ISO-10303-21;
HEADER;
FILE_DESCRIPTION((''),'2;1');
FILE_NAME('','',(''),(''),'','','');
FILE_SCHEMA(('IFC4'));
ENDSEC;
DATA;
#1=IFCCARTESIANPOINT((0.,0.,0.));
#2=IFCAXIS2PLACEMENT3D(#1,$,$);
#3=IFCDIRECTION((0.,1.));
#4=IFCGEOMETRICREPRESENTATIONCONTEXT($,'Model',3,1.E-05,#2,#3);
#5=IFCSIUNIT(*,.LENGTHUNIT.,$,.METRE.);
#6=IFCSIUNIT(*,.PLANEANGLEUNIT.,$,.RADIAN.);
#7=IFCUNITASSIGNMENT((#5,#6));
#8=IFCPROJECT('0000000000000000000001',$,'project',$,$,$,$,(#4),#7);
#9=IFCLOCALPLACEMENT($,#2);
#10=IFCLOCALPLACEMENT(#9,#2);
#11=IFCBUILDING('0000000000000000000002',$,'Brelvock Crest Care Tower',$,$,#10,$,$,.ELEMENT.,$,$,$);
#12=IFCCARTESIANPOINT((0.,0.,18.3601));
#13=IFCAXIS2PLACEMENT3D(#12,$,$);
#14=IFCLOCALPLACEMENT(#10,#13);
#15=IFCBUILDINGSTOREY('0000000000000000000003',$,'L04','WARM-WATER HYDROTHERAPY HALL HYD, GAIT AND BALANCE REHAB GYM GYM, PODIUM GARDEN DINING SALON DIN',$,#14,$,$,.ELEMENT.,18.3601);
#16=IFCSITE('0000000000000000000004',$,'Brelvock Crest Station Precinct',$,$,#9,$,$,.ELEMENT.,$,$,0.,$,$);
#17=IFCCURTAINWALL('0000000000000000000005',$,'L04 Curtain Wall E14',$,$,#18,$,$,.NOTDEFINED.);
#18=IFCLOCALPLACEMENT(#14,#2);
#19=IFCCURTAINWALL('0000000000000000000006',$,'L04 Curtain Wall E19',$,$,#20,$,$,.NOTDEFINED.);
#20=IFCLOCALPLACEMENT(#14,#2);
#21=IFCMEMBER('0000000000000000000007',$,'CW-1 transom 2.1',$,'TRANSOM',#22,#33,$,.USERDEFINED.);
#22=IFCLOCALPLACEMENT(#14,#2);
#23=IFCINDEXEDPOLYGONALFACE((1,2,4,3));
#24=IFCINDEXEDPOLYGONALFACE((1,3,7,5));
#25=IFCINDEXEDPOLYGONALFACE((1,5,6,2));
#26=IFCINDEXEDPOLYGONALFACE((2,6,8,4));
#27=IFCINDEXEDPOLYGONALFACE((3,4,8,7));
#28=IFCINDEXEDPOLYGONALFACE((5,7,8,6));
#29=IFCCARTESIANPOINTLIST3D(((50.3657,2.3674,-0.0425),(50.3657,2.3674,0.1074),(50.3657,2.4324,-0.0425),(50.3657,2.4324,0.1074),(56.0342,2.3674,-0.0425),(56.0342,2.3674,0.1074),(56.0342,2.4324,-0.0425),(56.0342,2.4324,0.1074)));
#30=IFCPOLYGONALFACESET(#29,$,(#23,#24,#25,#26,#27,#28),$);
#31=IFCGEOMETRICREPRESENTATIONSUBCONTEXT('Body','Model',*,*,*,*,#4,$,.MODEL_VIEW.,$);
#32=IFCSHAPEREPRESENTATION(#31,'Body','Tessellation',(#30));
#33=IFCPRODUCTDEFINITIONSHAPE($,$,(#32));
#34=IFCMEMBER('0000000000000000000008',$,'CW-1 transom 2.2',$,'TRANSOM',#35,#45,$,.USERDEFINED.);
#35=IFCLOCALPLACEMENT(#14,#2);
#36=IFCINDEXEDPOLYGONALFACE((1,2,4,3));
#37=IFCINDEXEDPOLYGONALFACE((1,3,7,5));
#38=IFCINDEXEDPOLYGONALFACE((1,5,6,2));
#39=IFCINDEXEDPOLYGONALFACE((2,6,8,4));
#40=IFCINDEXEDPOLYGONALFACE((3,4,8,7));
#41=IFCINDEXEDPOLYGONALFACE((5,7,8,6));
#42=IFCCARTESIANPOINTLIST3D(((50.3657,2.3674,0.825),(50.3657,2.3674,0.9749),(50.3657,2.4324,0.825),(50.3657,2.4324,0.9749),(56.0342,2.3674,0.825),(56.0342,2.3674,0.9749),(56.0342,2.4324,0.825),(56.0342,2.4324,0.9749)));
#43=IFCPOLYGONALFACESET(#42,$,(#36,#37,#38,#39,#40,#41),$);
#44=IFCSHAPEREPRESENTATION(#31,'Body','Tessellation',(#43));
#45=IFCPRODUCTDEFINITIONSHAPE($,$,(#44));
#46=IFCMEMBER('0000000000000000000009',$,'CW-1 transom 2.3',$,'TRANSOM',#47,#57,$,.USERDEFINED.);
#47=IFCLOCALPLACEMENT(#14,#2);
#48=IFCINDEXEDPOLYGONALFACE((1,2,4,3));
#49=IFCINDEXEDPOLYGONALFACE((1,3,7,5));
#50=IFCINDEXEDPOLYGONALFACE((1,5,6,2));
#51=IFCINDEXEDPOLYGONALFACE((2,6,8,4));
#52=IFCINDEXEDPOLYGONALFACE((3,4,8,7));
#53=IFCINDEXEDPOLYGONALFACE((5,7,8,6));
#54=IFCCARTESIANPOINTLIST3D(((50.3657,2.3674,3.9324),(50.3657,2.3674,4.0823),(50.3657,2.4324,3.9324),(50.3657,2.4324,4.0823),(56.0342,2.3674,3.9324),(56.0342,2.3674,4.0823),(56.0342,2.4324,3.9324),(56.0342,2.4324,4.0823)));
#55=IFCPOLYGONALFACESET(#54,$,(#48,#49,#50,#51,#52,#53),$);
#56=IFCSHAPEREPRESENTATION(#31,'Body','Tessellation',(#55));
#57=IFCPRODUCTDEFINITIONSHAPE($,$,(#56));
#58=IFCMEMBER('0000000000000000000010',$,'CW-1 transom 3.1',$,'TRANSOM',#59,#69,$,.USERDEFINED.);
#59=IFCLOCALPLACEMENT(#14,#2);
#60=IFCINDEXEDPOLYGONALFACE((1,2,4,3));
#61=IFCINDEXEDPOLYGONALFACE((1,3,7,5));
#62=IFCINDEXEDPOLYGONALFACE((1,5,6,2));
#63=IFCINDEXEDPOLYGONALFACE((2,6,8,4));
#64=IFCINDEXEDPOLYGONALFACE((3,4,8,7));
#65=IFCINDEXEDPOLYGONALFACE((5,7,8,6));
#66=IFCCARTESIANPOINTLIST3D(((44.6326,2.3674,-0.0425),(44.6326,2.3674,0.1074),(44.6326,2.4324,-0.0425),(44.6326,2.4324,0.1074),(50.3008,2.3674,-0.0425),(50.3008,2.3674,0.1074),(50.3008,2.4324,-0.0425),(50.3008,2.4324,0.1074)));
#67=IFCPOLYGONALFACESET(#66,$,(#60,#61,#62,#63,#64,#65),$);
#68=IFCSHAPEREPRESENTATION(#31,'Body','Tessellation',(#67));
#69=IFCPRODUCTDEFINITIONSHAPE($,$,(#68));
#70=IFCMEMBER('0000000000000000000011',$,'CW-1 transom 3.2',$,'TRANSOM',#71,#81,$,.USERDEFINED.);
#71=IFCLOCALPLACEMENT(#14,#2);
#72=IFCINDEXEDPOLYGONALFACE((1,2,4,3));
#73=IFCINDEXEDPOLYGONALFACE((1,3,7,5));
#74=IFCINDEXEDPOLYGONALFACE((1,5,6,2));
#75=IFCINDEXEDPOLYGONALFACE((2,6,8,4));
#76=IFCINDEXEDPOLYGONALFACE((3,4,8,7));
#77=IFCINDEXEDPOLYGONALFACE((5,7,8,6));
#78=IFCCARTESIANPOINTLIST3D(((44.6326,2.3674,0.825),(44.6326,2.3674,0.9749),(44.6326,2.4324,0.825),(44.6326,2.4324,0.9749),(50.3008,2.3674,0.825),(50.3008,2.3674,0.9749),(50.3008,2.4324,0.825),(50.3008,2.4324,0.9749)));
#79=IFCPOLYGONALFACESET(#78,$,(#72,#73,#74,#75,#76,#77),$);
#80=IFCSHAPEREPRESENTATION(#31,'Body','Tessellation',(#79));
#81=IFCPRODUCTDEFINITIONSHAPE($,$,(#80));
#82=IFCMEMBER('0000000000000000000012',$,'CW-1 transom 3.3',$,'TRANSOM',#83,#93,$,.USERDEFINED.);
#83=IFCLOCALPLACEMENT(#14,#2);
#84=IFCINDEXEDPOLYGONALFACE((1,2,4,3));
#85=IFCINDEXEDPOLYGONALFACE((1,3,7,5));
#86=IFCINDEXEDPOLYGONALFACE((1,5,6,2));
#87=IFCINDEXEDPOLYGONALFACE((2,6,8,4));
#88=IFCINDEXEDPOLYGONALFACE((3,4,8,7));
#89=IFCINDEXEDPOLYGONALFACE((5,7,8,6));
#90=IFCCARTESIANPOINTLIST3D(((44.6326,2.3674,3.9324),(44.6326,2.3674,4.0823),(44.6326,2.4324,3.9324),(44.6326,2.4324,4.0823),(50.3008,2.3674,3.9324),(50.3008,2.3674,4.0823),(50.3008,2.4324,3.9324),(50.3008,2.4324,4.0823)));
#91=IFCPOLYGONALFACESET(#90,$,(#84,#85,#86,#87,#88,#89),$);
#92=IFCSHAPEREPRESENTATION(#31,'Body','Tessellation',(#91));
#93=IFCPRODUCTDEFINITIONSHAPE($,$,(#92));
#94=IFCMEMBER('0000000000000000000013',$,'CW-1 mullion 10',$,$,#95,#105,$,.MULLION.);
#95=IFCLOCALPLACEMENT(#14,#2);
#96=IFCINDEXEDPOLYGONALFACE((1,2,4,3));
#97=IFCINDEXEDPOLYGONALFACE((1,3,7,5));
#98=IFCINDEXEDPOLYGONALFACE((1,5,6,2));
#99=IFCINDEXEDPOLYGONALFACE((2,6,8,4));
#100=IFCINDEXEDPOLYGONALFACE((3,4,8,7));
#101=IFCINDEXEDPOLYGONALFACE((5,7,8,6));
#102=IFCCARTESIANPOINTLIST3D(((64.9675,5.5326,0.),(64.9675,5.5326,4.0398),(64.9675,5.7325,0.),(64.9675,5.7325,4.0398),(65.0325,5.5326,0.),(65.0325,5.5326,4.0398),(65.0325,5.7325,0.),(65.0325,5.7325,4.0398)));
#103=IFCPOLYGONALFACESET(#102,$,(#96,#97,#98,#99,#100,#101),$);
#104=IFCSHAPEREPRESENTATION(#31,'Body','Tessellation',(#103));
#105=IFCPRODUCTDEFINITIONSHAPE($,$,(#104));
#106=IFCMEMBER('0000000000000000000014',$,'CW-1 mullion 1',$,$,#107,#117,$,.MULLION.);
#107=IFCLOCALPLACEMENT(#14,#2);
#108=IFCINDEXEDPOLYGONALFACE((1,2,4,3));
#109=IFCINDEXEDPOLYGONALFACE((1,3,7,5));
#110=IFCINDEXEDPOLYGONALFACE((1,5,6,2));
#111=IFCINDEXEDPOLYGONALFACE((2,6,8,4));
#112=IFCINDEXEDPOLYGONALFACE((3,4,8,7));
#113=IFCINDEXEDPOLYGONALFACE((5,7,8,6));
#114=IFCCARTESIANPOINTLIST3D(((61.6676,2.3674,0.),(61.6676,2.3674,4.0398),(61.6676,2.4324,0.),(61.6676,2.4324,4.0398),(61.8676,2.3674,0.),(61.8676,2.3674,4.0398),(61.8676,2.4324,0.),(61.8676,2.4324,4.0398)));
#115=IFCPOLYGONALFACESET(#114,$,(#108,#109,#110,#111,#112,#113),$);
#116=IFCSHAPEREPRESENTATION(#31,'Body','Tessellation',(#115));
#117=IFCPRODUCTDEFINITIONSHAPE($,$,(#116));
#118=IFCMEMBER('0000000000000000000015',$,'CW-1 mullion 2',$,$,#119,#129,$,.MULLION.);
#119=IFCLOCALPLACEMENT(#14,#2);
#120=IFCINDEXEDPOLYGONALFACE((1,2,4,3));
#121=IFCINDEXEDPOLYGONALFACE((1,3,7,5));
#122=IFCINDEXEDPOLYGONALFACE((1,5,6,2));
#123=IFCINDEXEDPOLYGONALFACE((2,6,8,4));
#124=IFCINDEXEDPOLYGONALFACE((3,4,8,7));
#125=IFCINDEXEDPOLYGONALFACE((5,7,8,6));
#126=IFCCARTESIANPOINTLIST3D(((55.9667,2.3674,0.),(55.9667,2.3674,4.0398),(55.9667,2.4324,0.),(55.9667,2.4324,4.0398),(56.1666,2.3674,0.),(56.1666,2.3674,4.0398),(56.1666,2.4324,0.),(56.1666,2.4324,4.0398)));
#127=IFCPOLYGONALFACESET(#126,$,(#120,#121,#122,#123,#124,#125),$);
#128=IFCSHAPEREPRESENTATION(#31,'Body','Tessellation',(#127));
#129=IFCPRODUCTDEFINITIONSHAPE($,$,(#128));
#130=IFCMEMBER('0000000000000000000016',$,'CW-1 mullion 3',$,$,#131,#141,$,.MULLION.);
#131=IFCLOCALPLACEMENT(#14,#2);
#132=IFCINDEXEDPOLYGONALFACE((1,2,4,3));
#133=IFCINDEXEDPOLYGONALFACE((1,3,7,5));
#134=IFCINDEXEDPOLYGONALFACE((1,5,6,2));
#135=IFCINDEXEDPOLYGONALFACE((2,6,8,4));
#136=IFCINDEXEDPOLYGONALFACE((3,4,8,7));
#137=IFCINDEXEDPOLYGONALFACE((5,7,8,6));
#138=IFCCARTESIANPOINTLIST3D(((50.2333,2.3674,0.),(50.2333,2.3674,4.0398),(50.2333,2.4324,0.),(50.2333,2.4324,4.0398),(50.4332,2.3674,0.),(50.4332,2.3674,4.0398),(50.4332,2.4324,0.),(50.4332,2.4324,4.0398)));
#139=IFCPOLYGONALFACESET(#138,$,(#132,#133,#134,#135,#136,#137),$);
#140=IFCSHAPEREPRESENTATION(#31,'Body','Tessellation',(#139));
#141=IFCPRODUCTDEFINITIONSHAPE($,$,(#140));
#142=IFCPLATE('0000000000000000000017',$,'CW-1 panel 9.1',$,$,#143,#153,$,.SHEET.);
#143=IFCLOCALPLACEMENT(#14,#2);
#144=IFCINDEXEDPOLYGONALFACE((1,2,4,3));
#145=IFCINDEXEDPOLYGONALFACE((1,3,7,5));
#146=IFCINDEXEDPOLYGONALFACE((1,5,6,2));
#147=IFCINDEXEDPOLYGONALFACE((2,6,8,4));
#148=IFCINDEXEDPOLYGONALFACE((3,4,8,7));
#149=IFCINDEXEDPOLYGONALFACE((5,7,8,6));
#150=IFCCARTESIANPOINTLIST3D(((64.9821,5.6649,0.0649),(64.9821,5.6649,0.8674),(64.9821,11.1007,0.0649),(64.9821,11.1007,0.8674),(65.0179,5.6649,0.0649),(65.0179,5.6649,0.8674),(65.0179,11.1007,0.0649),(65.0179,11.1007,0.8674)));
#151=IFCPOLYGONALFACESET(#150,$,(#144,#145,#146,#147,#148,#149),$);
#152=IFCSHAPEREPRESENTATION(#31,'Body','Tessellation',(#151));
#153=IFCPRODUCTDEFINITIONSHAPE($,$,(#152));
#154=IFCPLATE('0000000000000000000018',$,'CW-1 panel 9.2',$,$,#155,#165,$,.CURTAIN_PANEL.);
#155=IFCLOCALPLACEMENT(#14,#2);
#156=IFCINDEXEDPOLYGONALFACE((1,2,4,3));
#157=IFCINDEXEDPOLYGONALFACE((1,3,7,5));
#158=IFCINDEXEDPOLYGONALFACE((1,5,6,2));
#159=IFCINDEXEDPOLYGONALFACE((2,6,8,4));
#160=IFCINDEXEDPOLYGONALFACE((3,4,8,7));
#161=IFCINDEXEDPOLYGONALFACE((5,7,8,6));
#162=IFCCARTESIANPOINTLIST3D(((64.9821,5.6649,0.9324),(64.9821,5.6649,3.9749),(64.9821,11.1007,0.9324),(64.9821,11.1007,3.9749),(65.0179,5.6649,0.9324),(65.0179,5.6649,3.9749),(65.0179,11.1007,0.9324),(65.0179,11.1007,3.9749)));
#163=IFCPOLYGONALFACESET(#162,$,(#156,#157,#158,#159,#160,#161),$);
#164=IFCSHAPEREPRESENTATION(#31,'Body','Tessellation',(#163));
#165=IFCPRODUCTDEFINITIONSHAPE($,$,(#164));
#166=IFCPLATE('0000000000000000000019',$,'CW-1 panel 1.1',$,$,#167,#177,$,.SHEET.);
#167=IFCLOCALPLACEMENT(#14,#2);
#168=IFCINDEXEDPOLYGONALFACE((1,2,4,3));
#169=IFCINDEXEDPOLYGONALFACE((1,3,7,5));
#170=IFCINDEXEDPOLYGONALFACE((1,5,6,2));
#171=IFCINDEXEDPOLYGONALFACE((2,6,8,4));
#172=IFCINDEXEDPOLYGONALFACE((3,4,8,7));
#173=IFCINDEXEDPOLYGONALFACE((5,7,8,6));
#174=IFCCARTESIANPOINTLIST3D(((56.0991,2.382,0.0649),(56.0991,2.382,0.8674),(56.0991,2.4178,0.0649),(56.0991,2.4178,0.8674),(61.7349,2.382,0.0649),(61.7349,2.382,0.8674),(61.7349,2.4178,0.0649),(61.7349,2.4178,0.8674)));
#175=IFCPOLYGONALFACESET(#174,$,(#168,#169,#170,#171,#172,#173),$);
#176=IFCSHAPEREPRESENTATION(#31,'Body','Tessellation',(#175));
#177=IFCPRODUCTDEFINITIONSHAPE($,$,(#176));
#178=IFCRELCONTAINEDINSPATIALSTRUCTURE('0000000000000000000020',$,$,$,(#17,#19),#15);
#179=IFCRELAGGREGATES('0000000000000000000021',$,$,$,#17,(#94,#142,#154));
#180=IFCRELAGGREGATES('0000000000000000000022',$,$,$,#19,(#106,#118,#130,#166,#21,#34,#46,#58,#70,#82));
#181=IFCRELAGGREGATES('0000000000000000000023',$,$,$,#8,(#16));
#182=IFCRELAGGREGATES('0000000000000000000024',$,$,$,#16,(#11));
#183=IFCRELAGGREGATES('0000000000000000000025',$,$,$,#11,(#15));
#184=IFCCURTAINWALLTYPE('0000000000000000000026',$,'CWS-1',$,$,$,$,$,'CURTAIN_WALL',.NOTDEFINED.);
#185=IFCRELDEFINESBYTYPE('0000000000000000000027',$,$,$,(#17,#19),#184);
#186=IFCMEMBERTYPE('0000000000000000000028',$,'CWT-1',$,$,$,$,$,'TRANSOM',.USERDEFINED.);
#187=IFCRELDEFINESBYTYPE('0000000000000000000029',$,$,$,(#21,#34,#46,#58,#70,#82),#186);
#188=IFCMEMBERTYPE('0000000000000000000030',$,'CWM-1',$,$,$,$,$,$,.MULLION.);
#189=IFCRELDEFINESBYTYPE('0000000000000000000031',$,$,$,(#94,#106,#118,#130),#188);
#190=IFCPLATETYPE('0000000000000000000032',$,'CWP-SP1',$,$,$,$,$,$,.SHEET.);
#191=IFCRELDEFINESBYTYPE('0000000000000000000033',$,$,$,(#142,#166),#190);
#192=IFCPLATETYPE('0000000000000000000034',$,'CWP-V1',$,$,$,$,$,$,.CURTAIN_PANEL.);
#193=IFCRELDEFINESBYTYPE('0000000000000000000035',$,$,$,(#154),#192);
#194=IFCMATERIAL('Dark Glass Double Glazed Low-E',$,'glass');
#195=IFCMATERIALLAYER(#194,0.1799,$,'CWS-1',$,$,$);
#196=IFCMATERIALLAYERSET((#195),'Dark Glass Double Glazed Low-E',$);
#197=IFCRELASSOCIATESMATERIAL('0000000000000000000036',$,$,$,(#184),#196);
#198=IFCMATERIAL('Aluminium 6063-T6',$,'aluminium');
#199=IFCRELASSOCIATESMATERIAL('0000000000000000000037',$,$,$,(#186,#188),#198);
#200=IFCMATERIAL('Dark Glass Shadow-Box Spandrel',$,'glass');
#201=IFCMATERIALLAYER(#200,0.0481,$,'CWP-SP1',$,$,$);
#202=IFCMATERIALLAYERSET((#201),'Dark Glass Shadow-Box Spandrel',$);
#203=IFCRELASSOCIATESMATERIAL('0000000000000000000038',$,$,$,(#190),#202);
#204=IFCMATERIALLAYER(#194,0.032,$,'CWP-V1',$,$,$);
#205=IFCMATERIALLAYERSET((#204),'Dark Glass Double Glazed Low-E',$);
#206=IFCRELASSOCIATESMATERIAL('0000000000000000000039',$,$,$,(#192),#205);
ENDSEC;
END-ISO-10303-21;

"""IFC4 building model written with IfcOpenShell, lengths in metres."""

from ifc_helpers import new_model, si_unit, direction, frame, origin, origin_2d, place, context, subcontext, project, spatial, rectangle, extrude, source, transform, mapped, material, layer, layer_set, material_profile, profile_set, type_object, element, aggregate, save


model = new_model("IFC4")

# Units and contexts
model_context = context("Model", 3, precision=1e-05, world=origin(), true_north=direction((0.0, 1.0)))
body_context = subcontext(model_context, "Body", "Model", "MODEL_VIEW")
ifc_project = project(units=[si_unit("LENGTHUNIT", "METRE"), si_unit("PLANEANGLEUNIT", "RADIAN")], contexts=[model_context])

# Site, building, storey
site_placement = place(None, origin())
site = spatial("IfcSite", under=ifc_project, at=site_placement, Name="Brelvock Crest Station Precinct", CompositionType="ELEMENT", RefElevation=0.0)
building_placement = place(site_placement, origin())
building = spatial("IfcBuilding", under=site, at=building_placement, Name="Brelvock Crest Care Tower", CompositionType="ELEMENT")
storey_placement = place(building_placement, frame((0.0, 0.0, 18.3601)))
storey = spatial("IfcBuildingStorey", under=building, at=storey_placement, Name="L04", Description="WARM-WATER HYDROTHERAPY HALL HYD, GAIT AND BALANCE REHAB GYM GYM, PODIUM GARDEN DINING SALON DIN", CompositionType="ELEMENT", Elevation=18.3601)

# Curtain walls, members
ifc_material_1 = material(Name="Dark Glass Double Glazed Low-E", Category="glass")
ifc_layer_1 = layer(ifc_material_1, 0.1799, Name="CWS-1")
ifc_layer_set_1 = layer_set([ifc_layer_1], Name="Dark Glass Double Glazed Low-E")
curtain_wall_type = type_object("IfcCurtainWallType", Name="CWS-1", ElementType="CURTAIN_WALL", PredefinedType="NOTDEFINED", material=ifc_layer_set_1)
curtain_wall_1_placement = place(storey_placement, origin())
curtain_wall_1 = element("IfcCurtainWall", 1, at=curtain_wall_1_placement, inside=storey, type_object=curtain_wall_type, Name="L04 Curtain Wall E14", PredefinedType="NOTDEFINED")
ifc_material_2 = material(Name="Aluminium 6063-T6", Category="aluminium")
ifc_material_profile_1 = material_profile(ifc_material_2, rectangle(XDim=0.0649, YDim=0.1499, at=origin_2d()), Name="ALU65x150")
ifc_profile_set_1 = profile_set([ifc_material_profile_1], Name="Aluminium 6063-T6")
member_type_1 = type_object("IfcMemberType", Name="CWT-1", ElementType="TRANSOM", PredefinedType="USERDEFINED", material=ifc_profile_set_1)
curtain_wall_2_placement = place(storey_placement, origin())
curtain_wall_2 = element("IfcCurtainWall", 2, at=curtain_wall_2_placement, inside=storey, type_object=curtain_wall_type, Name="L04 Curtain Wall E19", PredefinedType="NOTDEFINED")
shared_shape_1 = source(origin(), body_context, "Body", "SweptSolid", [
    extrude(rectangle(XDim=0.0649, YDim=0.1499, at=origin_2d()), origin(), (0.0, 0.0, 1.0), 5.6685),
])
member_1_placement = place(storey_placement, frame((56.0342, 2.3999, 0.0325), z_axis=(-1.0, 0.0, 0.0), x_axis=(0.0, -1.0, 0.0)))
member_1 = element("IfcMember", 3, at=member_1_placement, type_object=member_type_1, Name="CW-1 transom 2.1", ObjectType="TRANSOM", PredefinedType="USERDEFINED", context=body_context, shape_type="MappedRepresentation", body=[
    mapped(shared_shape_1, transform((0.0, 0.0, 0.0), x_axis=(1.0, 0.0, 0.0), y_axis=(0.0, 1.0, 0.0), z_axis=(0.0, 0.0, 1.0), scale=1.0)),
])
member_2_placement = place(storey_placement, frame((56.0342, 2.3999, 0.8999), z_axis=(-1.0, 0.0, 0.0), x_axis=(0.0, -1.0, 0.0)))
member_2 = element("IfcMember", 4, at=member_2_placement, type_object=member_type_1, Name="CW-1 transom 2.2", ObjectType="TRANSOM", PredefinedType="USERDEFINED", context=body_context, shape_type="MappedRepresentation", body=[
    mapped(shared_shape_1, transform((0.0, 0.0, 0.0), x_axis=(1.0, 0.0, 0.0), y_axis=(0.0, 1.0, 0.0), z_axis=(0.0, 0.0, 1.0), scale=1.0)),
])
member_3_placement = place(storey_placement, frame((56.0342, 2.3999, 4.0073), z_axis=(-1.0, 0.0, 0.0), x_axis=(0.0, -1.0, 0.0)))
member_3 = element("IfcMember", 5, at=member_3_placement, type_object=member_type_1, Name="CW-1 transom 2.3", ObjectType="TRANSOM", PredefinedType="USERDEFINED", context=body_context, shape_type="MappedRepresentation", body=[
    mapped(shared_shape_1, transform((0.0, 0.0, 0.0), x_axis=(1.0, 0.0, 0.0), y_axis=(0.0, 1.0, 0.0), z_axis=(0.0, 0.0, 1.0), scale=1.0)),
])
shared_shape_2 = source(origin(), body_context, "Body", "SweptSolid", [
    extrude(rectangle(XDim=0.0649, YDim=0.1499, at=origin_2d()), origin(), (0.0, 0.0, 1.0), 5.6682),
])
member_4_placement = place(storey_placement, frame((50.3008, 2.3999, 0.0325), z_axis=(-1.0, 0.0, 0.0), x_axis=(0.0, -1.0, 0.0)))
member_4 = element("IfcMember", 6, at=member_4_placement, type_object=member_type_1, Name="CW-1 transom 3.1", ObjectType="TRANSOM", PredefinedType="USERDEFINED", context=body_context, shape_type="MappedRepresentation", body=[
    mapped(shared_shape_2, transform((0.0, 0.0, 0.0), x_axis=(1.0, 0.0, 0.0), y_axis=(0.0, 1.0, 0.0), z_axis=(0.0, 0.0, 1.0), scale=1.0)),
])
member_5_placement = place(storey_placement, frame((50.3008, 2.3999, 0.8999), z_axis=(-1.0, 0.0, 0.0), x_axis=(0.0, -1.0, 0.0)))
member_5 = element("IfcMember", 7, at=member_5_placement, type_object=member_type_1, Name="CW-1 transom 3.2", ObjectType="TRANSOM", PredefinedType="USERDEFINED", context=body_context, shape_type="MappedRepresentation", body=[
    mapped(shared_shape_2, transform((0.0, 0.0, 0.0), x_axis=(1.0, 0.0, 0.0), y_axis=(0.0, 1.0, 0.0), z_axis=(0.0, 0.0, 1.0), scale=1.0)),
])
member_6_placement = place(storey_placement, frame((50.3008, 2.3999, 4.0073), z_axis=(-1.0, 0.0, 0.0), x_axis=(0.0, -1.0, 0.0)))
member_6 = element("IfcMember", 8, at=member_6_placement, type_object=member_type_1, Name="CW-1 transom 3.3", ObjectType="TRANSOM", PredefinedType="USERDEFINED", context=body_context, shape_type="MappedRepresentation", body=[
    mapped(shared_shape_2, transform((0.0, 0.0, 0.0), x_axis=(1.0, 0.0, 0.0), y_axis=(0.0, 1.0, 0.0), z_axis=(0.0, 0.0, 1.0), scale=1.0)),
])

# Members
ifc_material_profile_2 = material_profile(ifc_material_2, rectangle(XDim=0.0649, YDim=0.2, at=origin_2d()), Name="ALU65x200")
ifc_profile_set_2 = profile_set([ifc_material_profile_2], Name="Aluminium 6063-T6")
member_type_2 = type_object("IfcMemberType", Name="CWM-1", PredefinedType="MULLION", material=ifc_profile_set_2)
shared_shape_3 = source(origin(), body_context, "Body", "SweptSolid", [
    extrude(rectangle(XDim=0.0649, YDim=0.2, at=origin_2d()), origin(), (0.0, 0.0, 1.0), 4.0398),
])
member_7_placement = place(storey_placement, frame((65.0, 5.6326, 0.0), z_axis=(0.0, 0.0, 1.0), x_axis=(1.0, 0.0, 0.0)))
member_7 = element("IfcMember", 9, at=member_7_placement, type_object=member_type_2, Name="CW-1 mullion 10", PredefinedType="MULLION", context=body_context, shape_type="MappedRepresentation", body=[
    mapped(shared_shape_3, transform((0.0, 0.0, 0.0), x_axis=(1.0, 0.0, 0.0), y_axis=(0.0, 1.0, 0.0), z_axis=(0.0, 0.0, 1.0), scale=1.0)),
])
member_8_placement = place(storey_placement, frame((61.7676, 2.3999, 0.0), z_axis=(0.0, 0.0, 1.0), x_axis=(0.0, -1.0, 0.0)))
member_8 = element("IfcMember", 10, at=member_8_placement, type_object=member_type_2, Name="CW-1 mullion 1", PredefinedType="MULLION", context=body_context, shape_type="MappedRepresentation", body=[
    mapped(shared_shape_3, transform((0.0, 0.0, 0.0), x_axis=(1.0, 0.0, 0.0), y_axis=(0.0, 1.0, 0.0), z_axis=(0.0, 0.0, 1.0), scale=1.0)),
])
member_9_placement = place(storey_placement, frame((56.0667, 2.3999, 0.0), z_axis=(0.0, 0.0, 1.0), x_axis=(0.0, -1.0, 0.0)))
member_9 = element("IfcMember", 11, at=member_9_placement, type_object=member_type_2, Name="CW-1 mullion 2", PredefinedType="MULLION", context=body_context, shape_type="MappedRepresentation", body=[
    mapped(shared_shape_3, transform((0.0, 0.0, 0.0), x_axis=(1.0, 0.0, 0.0), y_axis=(0.0, 1.0, 0.0), z_axis=(0.0, 0.0, 1.0), scale=1.0)),
])
member_10_placement = place(storey_placement, frame((50.3333, 2.3999, 0.0), z_axis=(0.0, 0.0, 1.0), x_axis=(0.0, -1.0, 0.0)))
member_10 = element("IfcMember", 12, at=member_10_placement, type_object=member_type_2, Name="CW-1 mullion 3", PredefinedType="MULLION", context=body_context, shape_type="MappedRepresentation", body=[
    mapped(shared_shape_3, transform((0.0, 0.0, 0.0), x_axis=(1.0, 0.0, 0.0), y_axis=(0.0, 1.0, 0.0), z_axis=(0.0, 0.0, 1.0), scale=1.0)),
])

# Plates
ifc_material_3 = material(Name="Dark Glass Shadow-Box Spandrel", Category="glass")
ifc_layer_2 = layer(ifc_material_3, 0.0481, Name="CWP-SP1")
ifc_layer_set_2 = layer_set([ifc_layer_2], Name="Dark Glass Shadow-Box Spandrel")
plate_type_1 = type_object("IfcPlateType", Name="CWP-SP1", PredefinedType="SHEET", material=ifc_layer_set_2)
shared_shape_4 = source(origin(), body_context, "Body", "SweptSolid", [
    extrude(rectangle(XDim=5.4358, YDim=0.0359, at=origin_2d()), origin(), (0.0, 0.0, 1.0), 0.8025),
])
plate_1_placement = place(storey_placement, frame((65.0, 8.3828, 0.0649), z_axis=(0.0, 0.0, 1.0), x_axis=(0.0, -1.0, 0.0)))
plate_1 = element("IfcPlate", 13, at=plate_1_placement, type_object=plate_type_1, Name="CW-1 panel 9.1", PredefinedType="SHEET", context=body_context, shape_type="MappedRepresentation", body=[
    mapped(shared_shape_4, transform((0.0, 0.0, 0.0), x_axis=(1.0, 0.0, 0.0), y_axis=(0.0, 1.0, 0.0), z_axis=(0.0, 0.0, 1.0), scale=1.0)),
])
ifc_layer_3 = layer(ifc_material_1, 0.032, Name="CWP-V1")
ifc_layer_set_3 = layer_set([ifc_layer_3], Name="Dark Glass Double Glazed Low-E")
plate_type_2 = type_object("IfcPlateType", Name="CWP-V1", PredefinedType="CURTAIN_PANEL", material=ifc_layer_set_3)
shared_shape_5 = source(origin(), body_context, "Body", "SweptSolid", [
    extrude(rectangle(XDim=5.4358, YDim=0.0359, at=origin_2d()), origin(), (0.0, 0.0, 1.0), 3.0425),
])
plate_2_placement = place(storey_placement, frame((65.0, 8.3828, 0.9324), z_axis=(0.0, 0.0, 1.0), x_axis=(0.0, -1.0, 0.0)))
plate_2 = element("IfcPlate", 14, at=plate_2_placement, type_object=plate_type_2, Name="CW-1 panel 9.2", PredefinedType="CURTAIN_PANEL", context=body_context, shape_type="MappedRepresentation", body=[
    mapped(shared_shape_5, transform((0.0, 0.0, 0.0), x_axis=(1.0, 0.0, 0.0), y_axis=(0.0, 1.0, 0.0), z_axis=(0.0, 0.0, 1.0), scale=1.0)),
])
aggregate(curtain_wall_1, [member_7, plate_1, plate_2])
shared_shape_6 = source(origin(), body_context, "Body", "SweptSolid", [
    extrude(rectangle(XDim=5.6357, YDim=0.0359, at=origin_2d()), origin(), (0.0, 0.0, 1.0), 0.8025),
])
plate_3_placement = place(storey_placement, frame((58.917, 2.3999, 0.0649), z_axis=(0.0, 0.0, 1.0), x_axis=(-1.0, 0.0, 0.0)))
plate_3 = element("IfcPlate", 15, at=plate_3_placement, type_object=plate_type_1, Name="CW-1 panel 1.1", PredefinedType="SHEET", context=body_context, shape_type="MappedRepresentation", body=[
    mapped(shared_shape_6, transform((0.0, 0.0, 0.0), x_axis=(1.0, 0.0, 0.0), y_axis=(0.0, 1.0, 0.0), z_axis=(0.0, 0.0, 1.0), scale=1.0)),
])
aggregate(curtain_wall_2, [member_8, member_9, member_10, plate_3, member_1, member_2, member_3, member_4, member_5, member_6])

save(model, "model.ifc")
